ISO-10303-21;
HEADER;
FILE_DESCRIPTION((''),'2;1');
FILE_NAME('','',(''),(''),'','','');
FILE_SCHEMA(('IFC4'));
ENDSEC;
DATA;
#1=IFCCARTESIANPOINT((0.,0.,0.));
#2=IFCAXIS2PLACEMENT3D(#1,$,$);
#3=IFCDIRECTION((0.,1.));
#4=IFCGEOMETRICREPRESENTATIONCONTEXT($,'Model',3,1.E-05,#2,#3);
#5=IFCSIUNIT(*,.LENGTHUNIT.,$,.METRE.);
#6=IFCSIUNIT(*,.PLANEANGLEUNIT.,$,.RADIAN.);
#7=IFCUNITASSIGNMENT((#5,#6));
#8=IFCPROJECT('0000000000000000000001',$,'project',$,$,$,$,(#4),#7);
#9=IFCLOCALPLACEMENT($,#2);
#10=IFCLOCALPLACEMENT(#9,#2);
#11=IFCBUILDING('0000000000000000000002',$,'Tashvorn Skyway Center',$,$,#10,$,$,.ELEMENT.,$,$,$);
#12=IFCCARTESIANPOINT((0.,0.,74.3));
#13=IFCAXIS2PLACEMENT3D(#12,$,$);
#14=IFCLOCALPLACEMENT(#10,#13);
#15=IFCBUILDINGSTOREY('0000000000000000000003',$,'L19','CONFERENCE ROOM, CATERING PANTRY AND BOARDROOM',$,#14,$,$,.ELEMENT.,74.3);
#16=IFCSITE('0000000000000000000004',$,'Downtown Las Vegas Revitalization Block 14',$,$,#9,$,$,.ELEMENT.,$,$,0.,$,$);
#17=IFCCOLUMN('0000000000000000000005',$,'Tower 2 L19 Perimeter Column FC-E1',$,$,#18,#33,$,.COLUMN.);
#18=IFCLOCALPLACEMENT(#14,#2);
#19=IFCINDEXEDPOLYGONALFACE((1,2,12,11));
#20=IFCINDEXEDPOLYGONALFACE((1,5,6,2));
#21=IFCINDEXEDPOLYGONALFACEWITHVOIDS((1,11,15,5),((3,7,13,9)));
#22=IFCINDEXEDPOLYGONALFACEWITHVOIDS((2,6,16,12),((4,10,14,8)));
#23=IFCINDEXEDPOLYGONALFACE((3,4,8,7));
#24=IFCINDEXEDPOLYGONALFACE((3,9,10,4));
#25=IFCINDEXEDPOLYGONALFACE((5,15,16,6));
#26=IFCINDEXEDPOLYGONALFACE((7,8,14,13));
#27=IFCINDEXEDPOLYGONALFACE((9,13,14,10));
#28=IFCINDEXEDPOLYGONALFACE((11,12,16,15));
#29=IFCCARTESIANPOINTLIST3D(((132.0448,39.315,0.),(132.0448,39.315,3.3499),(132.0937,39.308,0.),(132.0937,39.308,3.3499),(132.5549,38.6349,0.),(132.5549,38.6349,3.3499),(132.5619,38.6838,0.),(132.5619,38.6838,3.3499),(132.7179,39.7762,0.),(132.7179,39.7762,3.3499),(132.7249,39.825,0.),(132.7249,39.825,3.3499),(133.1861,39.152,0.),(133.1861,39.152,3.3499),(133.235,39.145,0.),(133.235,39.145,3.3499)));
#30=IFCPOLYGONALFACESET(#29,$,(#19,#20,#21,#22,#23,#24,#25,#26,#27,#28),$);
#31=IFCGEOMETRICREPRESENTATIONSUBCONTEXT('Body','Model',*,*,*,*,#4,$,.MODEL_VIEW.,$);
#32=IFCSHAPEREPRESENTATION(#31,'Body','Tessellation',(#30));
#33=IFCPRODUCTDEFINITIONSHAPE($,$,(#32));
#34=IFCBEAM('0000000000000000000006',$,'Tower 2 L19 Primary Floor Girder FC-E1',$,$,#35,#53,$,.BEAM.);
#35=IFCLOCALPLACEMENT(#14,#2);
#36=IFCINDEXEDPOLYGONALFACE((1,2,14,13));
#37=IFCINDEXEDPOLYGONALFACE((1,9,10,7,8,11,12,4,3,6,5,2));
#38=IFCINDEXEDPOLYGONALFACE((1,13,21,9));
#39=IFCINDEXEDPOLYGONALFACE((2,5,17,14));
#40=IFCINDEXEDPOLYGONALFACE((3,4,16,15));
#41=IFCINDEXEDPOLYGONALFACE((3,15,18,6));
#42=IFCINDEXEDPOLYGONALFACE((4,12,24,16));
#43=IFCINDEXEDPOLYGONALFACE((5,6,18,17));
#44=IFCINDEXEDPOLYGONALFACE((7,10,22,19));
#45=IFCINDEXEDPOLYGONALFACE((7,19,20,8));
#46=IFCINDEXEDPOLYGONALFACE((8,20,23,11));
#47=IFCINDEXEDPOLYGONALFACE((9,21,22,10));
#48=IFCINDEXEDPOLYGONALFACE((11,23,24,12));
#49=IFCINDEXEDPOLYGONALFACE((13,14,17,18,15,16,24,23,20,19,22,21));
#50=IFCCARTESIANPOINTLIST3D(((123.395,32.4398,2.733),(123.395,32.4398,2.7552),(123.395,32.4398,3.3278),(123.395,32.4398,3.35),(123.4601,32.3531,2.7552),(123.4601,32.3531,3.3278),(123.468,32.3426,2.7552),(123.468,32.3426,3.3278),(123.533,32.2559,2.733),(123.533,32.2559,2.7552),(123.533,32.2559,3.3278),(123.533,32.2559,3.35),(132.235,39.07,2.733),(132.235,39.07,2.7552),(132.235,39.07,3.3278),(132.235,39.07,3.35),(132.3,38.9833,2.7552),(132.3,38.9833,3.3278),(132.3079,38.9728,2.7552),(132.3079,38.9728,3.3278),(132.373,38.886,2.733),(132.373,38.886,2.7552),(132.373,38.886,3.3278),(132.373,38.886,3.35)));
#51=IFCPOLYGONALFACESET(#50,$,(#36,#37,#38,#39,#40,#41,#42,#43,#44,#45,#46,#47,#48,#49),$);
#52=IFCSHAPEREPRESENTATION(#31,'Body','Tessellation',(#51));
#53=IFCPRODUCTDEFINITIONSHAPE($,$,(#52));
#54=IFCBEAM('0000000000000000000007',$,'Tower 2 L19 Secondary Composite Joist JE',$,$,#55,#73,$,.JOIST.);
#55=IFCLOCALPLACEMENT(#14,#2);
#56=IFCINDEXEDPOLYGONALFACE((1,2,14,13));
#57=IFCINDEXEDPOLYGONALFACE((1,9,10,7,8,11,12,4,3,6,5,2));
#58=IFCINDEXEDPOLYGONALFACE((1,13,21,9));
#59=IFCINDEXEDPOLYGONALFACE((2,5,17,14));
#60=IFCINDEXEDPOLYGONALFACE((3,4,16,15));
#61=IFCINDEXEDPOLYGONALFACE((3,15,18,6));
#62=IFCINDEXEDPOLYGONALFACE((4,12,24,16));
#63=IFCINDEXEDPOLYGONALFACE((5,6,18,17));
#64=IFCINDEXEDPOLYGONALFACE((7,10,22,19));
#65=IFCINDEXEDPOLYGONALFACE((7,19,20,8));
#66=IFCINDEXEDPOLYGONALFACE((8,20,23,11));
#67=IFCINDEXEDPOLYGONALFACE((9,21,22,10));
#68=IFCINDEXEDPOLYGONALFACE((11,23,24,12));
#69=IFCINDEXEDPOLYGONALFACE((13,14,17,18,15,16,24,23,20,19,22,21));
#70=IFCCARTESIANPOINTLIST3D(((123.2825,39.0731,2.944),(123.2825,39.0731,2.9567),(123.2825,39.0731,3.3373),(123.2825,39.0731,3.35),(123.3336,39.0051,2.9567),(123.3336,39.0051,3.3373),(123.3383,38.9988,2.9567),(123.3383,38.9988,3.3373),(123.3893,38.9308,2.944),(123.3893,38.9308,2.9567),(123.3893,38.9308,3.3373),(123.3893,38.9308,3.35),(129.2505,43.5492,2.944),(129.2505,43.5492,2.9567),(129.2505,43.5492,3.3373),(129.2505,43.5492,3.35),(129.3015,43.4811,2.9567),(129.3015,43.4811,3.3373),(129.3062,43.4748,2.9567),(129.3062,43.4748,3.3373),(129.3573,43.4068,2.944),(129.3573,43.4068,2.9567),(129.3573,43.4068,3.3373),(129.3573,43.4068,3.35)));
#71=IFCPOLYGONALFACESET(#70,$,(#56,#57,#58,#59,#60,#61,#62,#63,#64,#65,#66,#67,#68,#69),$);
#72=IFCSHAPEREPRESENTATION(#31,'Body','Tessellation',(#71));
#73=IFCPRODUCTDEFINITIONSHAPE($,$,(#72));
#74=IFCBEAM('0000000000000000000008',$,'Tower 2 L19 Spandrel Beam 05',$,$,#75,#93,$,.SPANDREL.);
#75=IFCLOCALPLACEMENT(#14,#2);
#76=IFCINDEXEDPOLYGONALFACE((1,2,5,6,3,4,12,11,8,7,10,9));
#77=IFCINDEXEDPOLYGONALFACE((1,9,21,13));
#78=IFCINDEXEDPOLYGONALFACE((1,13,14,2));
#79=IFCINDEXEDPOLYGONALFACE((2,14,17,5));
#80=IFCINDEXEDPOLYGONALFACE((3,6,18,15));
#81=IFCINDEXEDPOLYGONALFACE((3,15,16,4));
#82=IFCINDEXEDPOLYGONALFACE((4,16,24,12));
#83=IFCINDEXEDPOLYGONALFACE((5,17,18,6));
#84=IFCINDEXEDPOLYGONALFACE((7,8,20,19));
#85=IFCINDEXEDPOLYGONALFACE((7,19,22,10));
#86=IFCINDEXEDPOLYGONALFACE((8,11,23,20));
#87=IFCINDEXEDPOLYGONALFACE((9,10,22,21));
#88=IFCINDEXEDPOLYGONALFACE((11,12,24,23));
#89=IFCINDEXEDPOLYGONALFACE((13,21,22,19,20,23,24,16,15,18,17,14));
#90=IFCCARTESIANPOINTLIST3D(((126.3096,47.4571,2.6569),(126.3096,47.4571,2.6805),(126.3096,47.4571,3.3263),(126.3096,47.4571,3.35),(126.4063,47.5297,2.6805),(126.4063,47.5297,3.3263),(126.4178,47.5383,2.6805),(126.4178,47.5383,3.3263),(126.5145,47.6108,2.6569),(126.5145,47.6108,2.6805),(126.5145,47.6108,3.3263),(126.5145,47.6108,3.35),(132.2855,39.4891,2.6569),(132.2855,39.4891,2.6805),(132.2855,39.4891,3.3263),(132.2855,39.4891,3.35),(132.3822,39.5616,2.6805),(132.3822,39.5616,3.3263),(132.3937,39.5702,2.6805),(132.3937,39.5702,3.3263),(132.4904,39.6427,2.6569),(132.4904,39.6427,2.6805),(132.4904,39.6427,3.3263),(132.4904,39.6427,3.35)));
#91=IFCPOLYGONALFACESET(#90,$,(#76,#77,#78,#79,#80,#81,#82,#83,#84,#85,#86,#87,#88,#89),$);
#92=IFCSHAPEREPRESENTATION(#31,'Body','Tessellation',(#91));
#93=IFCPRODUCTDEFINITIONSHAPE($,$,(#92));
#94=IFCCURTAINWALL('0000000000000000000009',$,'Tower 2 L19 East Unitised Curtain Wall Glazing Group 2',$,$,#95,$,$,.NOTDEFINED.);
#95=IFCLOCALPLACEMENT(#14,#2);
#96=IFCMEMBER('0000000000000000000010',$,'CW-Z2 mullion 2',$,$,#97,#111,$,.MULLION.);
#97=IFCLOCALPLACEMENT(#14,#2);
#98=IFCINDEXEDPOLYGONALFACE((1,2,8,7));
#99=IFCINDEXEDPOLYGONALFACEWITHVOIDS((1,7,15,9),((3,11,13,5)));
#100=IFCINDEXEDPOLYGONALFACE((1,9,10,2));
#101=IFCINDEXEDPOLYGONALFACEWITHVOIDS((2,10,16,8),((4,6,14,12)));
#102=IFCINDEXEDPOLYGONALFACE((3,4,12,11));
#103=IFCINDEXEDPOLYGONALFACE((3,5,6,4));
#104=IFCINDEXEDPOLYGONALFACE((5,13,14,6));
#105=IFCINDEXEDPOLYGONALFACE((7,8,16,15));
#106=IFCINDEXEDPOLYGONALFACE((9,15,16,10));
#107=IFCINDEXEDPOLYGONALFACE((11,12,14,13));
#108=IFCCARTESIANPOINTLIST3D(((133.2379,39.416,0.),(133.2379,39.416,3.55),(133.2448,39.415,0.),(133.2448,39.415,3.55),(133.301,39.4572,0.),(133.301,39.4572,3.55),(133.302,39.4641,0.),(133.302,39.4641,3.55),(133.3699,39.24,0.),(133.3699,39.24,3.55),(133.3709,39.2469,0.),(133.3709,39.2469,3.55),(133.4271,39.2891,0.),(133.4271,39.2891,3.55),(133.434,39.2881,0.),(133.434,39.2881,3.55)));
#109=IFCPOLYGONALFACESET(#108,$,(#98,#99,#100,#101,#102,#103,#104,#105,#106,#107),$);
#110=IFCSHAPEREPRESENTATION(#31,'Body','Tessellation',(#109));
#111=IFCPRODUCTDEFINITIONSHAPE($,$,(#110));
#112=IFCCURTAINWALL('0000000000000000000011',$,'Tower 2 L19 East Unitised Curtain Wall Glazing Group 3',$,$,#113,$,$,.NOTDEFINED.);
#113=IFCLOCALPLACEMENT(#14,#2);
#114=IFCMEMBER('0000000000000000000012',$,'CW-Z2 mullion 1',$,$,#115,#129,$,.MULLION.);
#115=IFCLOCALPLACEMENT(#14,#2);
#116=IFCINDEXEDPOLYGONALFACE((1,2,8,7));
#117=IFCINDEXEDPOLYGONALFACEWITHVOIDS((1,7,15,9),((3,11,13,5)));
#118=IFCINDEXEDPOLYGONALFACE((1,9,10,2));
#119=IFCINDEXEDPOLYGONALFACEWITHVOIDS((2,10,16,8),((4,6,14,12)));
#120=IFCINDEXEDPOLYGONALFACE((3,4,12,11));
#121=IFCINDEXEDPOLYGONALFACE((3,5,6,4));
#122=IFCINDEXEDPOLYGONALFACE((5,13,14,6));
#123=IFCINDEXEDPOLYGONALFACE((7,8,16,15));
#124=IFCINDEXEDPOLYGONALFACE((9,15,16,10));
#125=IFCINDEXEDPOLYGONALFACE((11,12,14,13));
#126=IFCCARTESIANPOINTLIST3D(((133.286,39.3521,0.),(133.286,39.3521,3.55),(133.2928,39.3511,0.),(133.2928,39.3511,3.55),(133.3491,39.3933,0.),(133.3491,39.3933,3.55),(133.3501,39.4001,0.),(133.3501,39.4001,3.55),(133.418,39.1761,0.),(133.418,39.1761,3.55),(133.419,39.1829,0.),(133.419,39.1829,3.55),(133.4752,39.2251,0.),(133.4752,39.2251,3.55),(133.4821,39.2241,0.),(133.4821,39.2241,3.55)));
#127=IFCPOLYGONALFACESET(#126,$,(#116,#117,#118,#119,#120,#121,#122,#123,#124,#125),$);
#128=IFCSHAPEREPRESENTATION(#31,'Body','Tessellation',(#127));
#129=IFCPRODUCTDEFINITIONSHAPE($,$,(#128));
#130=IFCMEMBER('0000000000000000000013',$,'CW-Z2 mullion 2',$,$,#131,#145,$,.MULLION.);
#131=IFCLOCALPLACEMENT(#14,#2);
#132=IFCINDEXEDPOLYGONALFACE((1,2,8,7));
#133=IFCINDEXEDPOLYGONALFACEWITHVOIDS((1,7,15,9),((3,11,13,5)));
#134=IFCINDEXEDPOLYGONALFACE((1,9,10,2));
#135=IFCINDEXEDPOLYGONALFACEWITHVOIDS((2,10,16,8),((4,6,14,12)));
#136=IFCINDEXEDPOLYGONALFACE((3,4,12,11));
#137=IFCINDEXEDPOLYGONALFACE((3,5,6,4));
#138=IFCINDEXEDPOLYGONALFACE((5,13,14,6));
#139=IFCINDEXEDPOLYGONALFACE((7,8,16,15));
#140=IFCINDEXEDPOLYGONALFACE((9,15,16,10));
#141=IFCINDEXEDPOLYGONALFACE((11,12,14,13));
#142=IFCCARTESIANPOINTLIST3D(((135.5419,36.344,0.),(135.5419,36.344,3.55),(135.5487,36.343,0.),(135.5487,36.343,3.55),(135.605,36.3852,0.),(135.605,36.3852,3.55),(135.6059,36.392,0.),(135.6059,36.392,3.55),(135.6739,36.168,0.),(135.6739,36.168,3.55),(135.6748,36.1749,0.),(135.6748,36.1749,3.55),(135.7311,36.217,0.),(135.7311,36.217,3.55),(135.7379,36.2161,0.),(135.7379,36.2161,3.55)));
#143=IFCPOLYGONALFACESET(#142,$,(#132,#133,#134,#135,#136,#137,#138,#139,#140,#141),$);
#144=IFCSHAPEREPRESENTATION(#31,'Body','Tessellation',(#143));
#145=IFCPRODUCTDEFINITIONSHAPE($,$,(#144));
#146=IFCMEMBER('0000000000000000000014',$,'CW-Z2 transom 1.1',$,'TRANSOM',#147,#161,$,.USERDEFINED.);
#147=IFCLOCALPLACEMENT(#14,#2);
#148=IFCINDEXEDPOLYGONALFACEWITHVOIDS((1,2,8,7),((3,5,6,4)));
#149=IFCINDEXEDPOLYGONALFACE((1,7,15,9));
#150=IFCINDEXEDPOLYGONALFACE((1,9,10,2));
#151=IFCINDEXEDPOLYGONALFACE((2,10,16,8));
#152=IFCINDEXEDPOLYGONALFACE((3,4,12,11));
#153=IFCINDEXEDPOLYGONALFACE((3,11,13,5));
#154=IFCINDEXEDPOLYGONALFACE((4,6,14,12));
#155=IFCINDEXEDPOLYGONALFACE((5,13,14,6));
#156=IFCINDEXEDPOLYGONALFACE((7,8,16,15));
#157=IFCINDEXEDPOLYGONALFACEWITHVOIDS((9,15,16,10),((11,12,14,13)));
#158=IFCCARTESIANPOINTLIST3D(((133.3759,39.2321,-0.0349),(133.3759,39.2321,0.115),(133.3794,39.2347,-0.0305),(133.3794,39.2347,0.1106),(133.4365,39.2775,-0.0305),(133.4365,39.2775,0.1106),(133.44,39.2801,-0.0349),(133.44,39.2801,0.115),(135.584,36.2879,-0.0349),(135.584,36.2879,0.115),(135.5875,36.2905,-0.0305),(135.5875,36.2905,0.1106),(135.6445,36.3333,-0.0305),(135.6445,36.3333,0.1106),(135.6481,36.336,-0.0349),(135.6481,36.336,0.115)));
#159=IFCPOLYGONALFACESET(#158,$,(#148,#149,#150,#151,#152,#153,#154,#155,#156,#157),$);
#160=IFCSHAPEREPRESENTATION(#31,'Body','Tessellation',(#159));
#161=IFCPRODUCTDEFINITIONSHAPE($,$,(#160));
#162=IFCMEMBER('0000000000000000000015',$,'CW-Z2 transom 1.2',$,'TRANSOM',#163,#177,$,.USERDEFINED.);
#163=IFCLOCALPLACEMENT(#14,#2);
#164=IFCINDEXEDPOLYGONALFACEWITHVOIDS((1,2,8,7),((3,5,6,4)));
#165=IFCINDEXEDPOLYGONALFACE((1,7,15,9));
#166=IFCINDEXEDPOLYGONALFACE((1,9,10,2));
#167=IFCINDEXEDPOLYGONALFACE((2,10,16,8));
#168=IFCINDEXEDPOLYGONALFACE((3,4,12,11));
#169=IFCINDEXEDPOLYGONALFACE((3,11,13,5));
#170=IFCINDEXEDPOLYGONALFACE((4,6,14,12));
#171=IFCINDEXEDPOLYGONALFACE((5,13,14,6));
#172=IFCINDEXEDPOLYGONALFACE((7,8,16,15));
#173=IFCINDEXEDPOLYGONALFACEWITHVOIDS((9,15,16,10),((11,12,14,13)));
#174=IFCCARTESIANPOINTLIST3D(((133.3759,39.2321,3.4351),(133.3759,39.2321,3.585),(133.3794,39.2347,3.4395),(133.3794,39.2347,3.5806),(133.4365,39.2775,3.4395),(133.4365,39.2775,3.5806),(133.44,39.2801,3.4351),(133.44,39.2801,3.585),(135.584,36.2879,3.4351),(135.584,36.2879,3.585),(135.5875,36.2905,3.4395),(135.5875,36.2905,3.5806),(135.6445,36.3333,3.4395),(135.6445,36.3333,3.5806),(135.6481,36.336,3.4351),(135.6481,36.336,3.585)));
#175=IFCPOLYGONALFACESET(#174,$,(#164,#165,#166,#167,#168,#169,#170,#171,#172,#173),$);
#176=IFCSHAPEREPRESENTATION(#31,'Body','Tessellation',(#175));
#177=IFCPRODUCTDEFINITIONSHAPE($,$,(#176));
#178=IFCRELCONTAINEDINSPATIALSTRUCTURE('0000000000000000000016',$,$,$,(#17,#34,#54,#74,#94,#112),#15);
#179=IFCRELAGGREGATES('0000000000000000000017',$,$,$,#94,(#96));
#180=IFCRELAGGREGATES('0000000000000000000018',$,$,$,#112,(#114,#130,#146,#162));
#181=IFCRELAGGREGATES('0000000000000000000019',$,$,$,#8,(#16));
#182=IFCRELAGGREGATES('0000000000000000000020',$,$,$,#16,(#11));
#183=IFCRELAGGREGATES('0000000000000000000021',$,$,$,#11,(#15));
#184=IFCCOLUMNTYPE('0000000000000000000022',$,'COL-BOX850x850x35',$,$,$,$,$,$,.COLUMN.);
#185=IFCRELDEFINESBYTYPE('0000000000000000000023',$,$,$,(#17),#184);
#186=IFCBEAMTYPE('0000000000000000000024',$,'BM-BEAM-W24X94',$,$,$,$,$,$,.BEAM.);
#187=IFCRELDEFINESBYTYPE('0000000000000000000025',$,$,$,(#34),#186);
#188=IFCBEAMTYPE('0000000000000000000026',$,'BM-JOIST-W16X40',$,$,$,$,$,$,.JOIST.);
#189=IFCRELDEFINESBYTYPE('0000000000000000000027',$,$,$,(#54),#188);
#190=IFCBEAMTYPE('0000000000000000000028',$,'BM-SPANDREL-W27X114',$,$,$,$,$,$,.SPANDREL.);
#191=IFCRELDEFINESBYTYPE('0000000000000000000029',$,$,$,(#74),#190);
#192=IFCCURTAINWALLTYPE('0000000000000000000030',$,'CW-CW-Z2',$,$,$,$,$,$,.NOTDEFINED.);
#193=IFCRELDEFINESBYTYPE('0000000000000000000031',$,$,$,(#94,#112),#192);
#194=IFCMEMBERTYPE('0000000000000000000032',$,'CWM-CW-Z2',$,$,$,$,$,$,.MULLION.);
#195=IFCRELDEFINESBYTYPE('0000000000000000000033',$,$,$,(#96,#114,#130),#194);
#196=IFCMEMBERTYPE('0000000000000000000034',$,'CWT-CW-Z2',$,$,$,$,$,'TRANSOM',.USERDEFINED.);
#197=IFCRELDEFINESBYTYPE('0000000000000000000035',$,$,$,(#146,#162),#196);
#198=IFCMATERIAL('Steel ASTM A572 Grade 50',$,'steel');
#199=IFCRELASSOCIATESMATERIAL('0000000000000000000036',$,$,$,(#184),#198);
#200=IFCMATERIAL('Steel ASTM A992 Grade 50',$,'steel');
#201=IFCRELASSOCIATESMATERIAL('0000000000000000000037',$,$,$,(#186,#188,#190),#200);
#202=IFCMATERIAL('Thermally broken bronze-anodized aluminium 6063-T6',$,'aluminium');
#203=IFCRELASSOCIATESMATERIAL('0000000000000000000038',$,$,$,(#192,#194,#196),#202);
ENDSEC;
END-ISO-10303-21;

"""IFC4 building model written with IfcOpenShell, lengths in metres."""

from ifc_helpers import new_model, si_unit, direction, frame, origin, origin_2d, place, context, subcontext, project, spatial, hollow_rectangle, i_section, extrude, material, material_profile, profile_set, type_object, element, aggregate, save


model = new_model("IFC4")

# Units and contexts
model_context = context("Model", 3, precision=1e-05, world=origin(), true_north=direction((0.0, 1.0)))
body_context = subcontext(model_context, "Body", "Model", "MODEL_VIEW")
ifc_project = project(units=[si_unit("LENGTHUNIT", "METRE"), si_unit("PLANEANGLEUNIT", "RADIAN")], contexts=[model_context])

# Site, building, storey
site_placement = place(None, origin())
site = spatial("IfcSite", under=ifc_project, at=site_placement, Name="Downtown Las Vegas Revitalization Block 14", CompositionType="ELEMENT", RefElevation=0.0)
building_placement = place(site_placement, origin())
building = spatial("IfcBuilding", under=site, at=building_placement, Name="Tashvorn Skyway Center", CompositionType="ELEMENT")
storey_placement = place(building_placement, frame((0.0, 0.0, 74.3)))
storey = spatial("IfcBuildingStorey", under=building, at=storey_placement, Name="L19", Description="CONFERENCE ROOM, CATERING PANTRY AND BOARDROOM", CompositionType="ELEMENT", Elevation=74.3)

# Column
ifc_material_1 = material(Name="Steel ASTM A572 Grade 50", Category="steel")
ifc_material_profile_1 = material_profile(ifc_material_1, hollow_rectangle(XDim=0.8501, YDim=0.8501, WallThickness=0.0349, at=origin_2d()), Name="BOX850x850x35")
ifc_profile_set_1 = profile_set([ifc_material_profile_1], Name="Steel ASTM A572 Grade 50")
column_type = type_object("IfcColumnType", Name="COL-BOX850x850x35", PredefinedType="COLUMN", material=ifc_profile_set_1)
column_placement = place(storey_placement, frame((132.6399, 39.23, 0.0), z_axis=(0.0, 0.0, 1.0), x_axis=(0.8, 0.6, 0.0)))
element("IfcColumn", 1, at=column_placement, inside=storey, type_object=column_type, Name="Tower 2 L19 Perimeter Column FC-E1", PredefinedType="COLUMN", context=body_context, shape_type="SweptSolid", body=[
    extrude(hollow_rectangle(XDim=0.8501, YDim=0.8501, WallThickness=0.0349, at=origin_2d()), origin(), (0.0, 0.0, 1.0), 3.3499),
])

# Beams
ifc_material_2 = material(Name="Steel ASTM A992 Grade 50", Category="steel")
ifc_material_profile_2 = material_profile(ifc_material_2, i_section(OverallWidth=0.23, OverallDepth=0.6169, WebThickness=0.0132, FlangeThickness=0.0222, at=origin_2d()), Name="W24X94")
ifc_profile_set_2 = profile_set([ifc_material_profile_2], Name="Steel ASTM A992 Grade 50")
beam_type_1 = type_object("IfcBeamType", Name="BM-BEAM-W24X94", PredefinedType="BEAM", material=ifc_profile_set_2)
beam_1_placement = place(storey_placement, frame((132.304, 38.978, 3.0415), z_axis=(-0.799989, -0.600014, 0.0), x_axis=(0.600014, -0.799989, 0.0)))
element("IfcBeam", 2, at=beam_1_placement, inside=storey, type_object=beam_type_1, Name="Tower 2 L19 Primary Floor Girder FC-E1", PredefinedType="BEAM", context=body_context, shape_type="SweptSolid", body=[
    extrude(i_section(OverallWidth=0.23, OverallDepth=0.6169, WebThickness=0.0132, FlangeThickness=0.0222, at=origin_2d()), origin(), (0.0, 0.0, 1.0), 11.05),
])
ifc_material_profile_3 = material_profile(ifc_material_2, i_section(OverallWidth=0.178, OverallDepth=0.406, WebThickness=0.0078, FlangeThickness=0.0127, at=origin_2d()), Name="W16X40")
ifc_profile_set_3 = profile_set([ifc_material_profile_3], Name="Steel ASTM A992 Grade 50")
beam_type_2 = type_object("IfcBeamType", Name="BM-JOIST-W16X40", PredefinedType="JOIST", material=ifc_profile_set_3)
beam_2_placement = place(storey_placement, frame((123.3359, 39.002, 3.147), z_axis=(0.799996, 0.600005, 0.0), x_axis=(-0.600005, 0.799996, 0.0)))
element("IfcBeam", 3, at=beam_2_placement, inside=storey, type_object=beam_type_2, Name="Tower 2 L19 Secondary Composite Joist JE", PredefinedType="JOIST", context=body_context, shape_type="SweptSolid", body=[
    extrude(i_section(OverallWidth=0.178, OverallDepth=0.406, WebThickness=0.0078, FlangeThickness=0.0127, at=origin_2d()), origin(), (0.0, 0.0, 1.0), 7.46),
])
ifc_material_profile_4 = material_profile(ifc_material_2, i_section(OverallWidth=0.2561, OverallDepth=0.6931, WebThickness=0.0144, FlangeThickness=0.0237, at=origin_2d()), Name="W27X114")
ifc_profile_set_4 = profile_set([ifc_material_profile_4], Name="Steel ASTM A992 Grade 50")
beam_type_3 = type_object("IfcBeamType", Name="BM-SPANDREL-W27X114", PredefinedType="SPANDREL", material=ifc_profile_set_4)
beam_3_placement = place(storey_placement, frame((132.3879, 39.5659, 3.0034), z_axis=(-0.599988, 0.800009, 0.0), x_axis=(-0.800009, -0.599988, 0.0)))
element("IfcBeam", 4, at=beam_3_placement, inside=storey, type_object=beam_type_3, Name="Tower 2 L19 Spandrel Beam 05", PredefinedType="SPANDREL", context=body_context, shape_type="SweptSolid", body=[
    extrude(i_section(OverallWidth=0.2561, OverallDepth=0.6931, WebThickness=0.0144, FlangeThickness=0.0237, at=origin_2d()), origin(), (0.0, 0.0, 1.0), 9.96),
])

# Curtain wall, member
ifc_material_3 = material(Name="Thermally broken bronze-anodized aluminium 6063-T6", Category="aluminium")
curtain_wall_type = type_object("IfcCurtainWallType", Name="CW-CW-Z2", PredefinedType="NOTDEFINED", material=ifc_material_3)
curtain_wall_1_placement = place(storey_placement, origin())
curtain_wall_1 = element("IfcCurtainWall", 5, at=curtain_wall_1_placement, inside=storey, type_object=curtain_wall_type, Name="Tower 2 L19 East Unitised Curtain Wall Glazing Group 2", PredefinedType="NOTDEFINED")
ifc_material_profile_5 = material_profile(ifc_material_3, hollow_rectangle(XDim=0.0801, YDim=0.22, WallThickness=0.0049, at=origin_2d()), Name="ALU-MULL-80x220")
ifc_profile_set_5 = profile_set([ifc_material_profile_5], Name="Thermally broken bronze-anodized aluminium 6063-T6")
member_type_1 = type_object("IfcMemberType", Name="CWM-CW-Z2", PredefinedType="MULLION", material=ifc_profile_set_5)
member_1_placement = place(storey_placement, frame((133.3359, 39.3521, 0.0), z_axis=(0.0, 0.0, 1.0), x_axis=(0.8, 0.6, 0.0)))
member_1 = element("IfcMember", 6, at=member_1_placement, type_object=member_type_1, Name="CW-Z2 mullion 2", PredefinedType="MULLION", context=body_context, shape_type="SweptSolid", body=[
    extrude(hollow_rectangle(XDim=0.0801, YDim=0.22, WallThickness=0.0049, at=origin_2d()), origin(), (0.0, 0.0, 1.0), 3.55),
])
aggregate(curtain_wall_1, [member_1])

# Curtain wall, members
curtain_wall_2_placement = place(storey_placement, origin())
curtain_wall_2 = element("IfcCurtainWall", 7, at=curtain_wall_2_placement, inside=storey, type_object=curtain_wall_type, Name="Tower 2 L19 East Unitised Curtain Wall Glazing Group 3", PredefinedType="NOTDEFINED")
member_2_placement = place(storey_placement, frame((133.384, 39.2881, 0.0), z_axis=(0.0, 0.0, 1.0), x_axis=(0.8, 0.6, 0.0)))
member_2 = element("IfcMember", 8, at=member_2_placement, type_object=member_type_1, Name="CW-Z2 mullion 1", PredefinedType="MULLION", context=body_context, shape_type="SweptSolid", body=[
    extrude(hollow_rectangle(XDim=0.0801, YDim=0.22, WallThickness=0.0049, at=origin_2d()), origin(), (0.0, 0.0, 1.0), 3.55),
])
member_3_placement = place(storey_placement, frame((135.6399, 36.28, 0.0), z_axis=(0.0, 0.0, 1.0), x_axis=(0.8, 0.6, 0.0)))
member_3 = element("IfcMember", 9, at=member_3_placement, type_object=member_type_1, Name="CW-Z2 mullion 2", PredefinedType="MULLION", context=body_context, shape_type="SweptSolid", body=[
    extrude(hollow_rectangle(XDim=0.0801, YDim=0.22, WallThickness=0.0049, at=origin_2d()), origin(), (0.0, 0.0, 1.0), 3.55),
])
ifc_material_profile_6 = material_profile(ifc_material_3, hollow_rectangle(XDim=0.0801, YDim=0.1499, WallThickness=0.0044, at=origin_2d()), Name="ALU-TRAN-80x150")
ifc_profile_set_6 = profile_set([ifc_material_profile_6], Name="Thermally broken bronze-anodized aluminium 6063-T6")
member_type_2 = type_object("IfcMemberType", Name="CWT-CW-Z2", ElementType="TRANSOM", PredefinedType="USERDEFINED", material=ifc_profile_set_6)
member_4_placement = place(storey_placement, frame((133.408, 39.2561, 0.04), z_axis=(0.599989, -0.800008, 0.0), x_axis=(0.800008, 0.599989, 0.0)))
member_4 = element("IfcMember", 10, at=member_4_placement, type_object=member_type_2, Name="CW-Z2 transom 1.1", ObjectType="TRANSOM", PredefinedType="USERDEFINED", context=body_context, shape_type="SweptSolid", body=[
    extrude(hollow_rectangle(XDim=0.0801, YDim=0.1499, WallThickness=0.0044, at=origin_2d()), origin(), (0.0, 0.0, 1.0), 3.6802),
])
member_5_placement = place(storey_placement, frame((133.408, 39.2561, 3.51), z_axis=(0.599989, -0.800008, 0.0), x_axis=(0.800008, 0.599989, 0.0)))
member_5 = element("IfcMember", 11, at=member_5_placement, type_object=member_type_2, Name="CW-Z2 transom 1.2", ObjectType="TRANSOM", PredefinedType="USERDEFINED", context=body_context, shape_type="SweptSolid", body=[
    extrude(hollow_rectangle(XDim=0.0801, YDim=0.1499, WallThickness=0.0044, at=origin_2d()), origin(), (0.0, 0.0, 1.0), 3.6802),
])
aggregate(curtain_wall_2, [member_2, member_3, member_4, member_5])

save(model, "model.ifc")
